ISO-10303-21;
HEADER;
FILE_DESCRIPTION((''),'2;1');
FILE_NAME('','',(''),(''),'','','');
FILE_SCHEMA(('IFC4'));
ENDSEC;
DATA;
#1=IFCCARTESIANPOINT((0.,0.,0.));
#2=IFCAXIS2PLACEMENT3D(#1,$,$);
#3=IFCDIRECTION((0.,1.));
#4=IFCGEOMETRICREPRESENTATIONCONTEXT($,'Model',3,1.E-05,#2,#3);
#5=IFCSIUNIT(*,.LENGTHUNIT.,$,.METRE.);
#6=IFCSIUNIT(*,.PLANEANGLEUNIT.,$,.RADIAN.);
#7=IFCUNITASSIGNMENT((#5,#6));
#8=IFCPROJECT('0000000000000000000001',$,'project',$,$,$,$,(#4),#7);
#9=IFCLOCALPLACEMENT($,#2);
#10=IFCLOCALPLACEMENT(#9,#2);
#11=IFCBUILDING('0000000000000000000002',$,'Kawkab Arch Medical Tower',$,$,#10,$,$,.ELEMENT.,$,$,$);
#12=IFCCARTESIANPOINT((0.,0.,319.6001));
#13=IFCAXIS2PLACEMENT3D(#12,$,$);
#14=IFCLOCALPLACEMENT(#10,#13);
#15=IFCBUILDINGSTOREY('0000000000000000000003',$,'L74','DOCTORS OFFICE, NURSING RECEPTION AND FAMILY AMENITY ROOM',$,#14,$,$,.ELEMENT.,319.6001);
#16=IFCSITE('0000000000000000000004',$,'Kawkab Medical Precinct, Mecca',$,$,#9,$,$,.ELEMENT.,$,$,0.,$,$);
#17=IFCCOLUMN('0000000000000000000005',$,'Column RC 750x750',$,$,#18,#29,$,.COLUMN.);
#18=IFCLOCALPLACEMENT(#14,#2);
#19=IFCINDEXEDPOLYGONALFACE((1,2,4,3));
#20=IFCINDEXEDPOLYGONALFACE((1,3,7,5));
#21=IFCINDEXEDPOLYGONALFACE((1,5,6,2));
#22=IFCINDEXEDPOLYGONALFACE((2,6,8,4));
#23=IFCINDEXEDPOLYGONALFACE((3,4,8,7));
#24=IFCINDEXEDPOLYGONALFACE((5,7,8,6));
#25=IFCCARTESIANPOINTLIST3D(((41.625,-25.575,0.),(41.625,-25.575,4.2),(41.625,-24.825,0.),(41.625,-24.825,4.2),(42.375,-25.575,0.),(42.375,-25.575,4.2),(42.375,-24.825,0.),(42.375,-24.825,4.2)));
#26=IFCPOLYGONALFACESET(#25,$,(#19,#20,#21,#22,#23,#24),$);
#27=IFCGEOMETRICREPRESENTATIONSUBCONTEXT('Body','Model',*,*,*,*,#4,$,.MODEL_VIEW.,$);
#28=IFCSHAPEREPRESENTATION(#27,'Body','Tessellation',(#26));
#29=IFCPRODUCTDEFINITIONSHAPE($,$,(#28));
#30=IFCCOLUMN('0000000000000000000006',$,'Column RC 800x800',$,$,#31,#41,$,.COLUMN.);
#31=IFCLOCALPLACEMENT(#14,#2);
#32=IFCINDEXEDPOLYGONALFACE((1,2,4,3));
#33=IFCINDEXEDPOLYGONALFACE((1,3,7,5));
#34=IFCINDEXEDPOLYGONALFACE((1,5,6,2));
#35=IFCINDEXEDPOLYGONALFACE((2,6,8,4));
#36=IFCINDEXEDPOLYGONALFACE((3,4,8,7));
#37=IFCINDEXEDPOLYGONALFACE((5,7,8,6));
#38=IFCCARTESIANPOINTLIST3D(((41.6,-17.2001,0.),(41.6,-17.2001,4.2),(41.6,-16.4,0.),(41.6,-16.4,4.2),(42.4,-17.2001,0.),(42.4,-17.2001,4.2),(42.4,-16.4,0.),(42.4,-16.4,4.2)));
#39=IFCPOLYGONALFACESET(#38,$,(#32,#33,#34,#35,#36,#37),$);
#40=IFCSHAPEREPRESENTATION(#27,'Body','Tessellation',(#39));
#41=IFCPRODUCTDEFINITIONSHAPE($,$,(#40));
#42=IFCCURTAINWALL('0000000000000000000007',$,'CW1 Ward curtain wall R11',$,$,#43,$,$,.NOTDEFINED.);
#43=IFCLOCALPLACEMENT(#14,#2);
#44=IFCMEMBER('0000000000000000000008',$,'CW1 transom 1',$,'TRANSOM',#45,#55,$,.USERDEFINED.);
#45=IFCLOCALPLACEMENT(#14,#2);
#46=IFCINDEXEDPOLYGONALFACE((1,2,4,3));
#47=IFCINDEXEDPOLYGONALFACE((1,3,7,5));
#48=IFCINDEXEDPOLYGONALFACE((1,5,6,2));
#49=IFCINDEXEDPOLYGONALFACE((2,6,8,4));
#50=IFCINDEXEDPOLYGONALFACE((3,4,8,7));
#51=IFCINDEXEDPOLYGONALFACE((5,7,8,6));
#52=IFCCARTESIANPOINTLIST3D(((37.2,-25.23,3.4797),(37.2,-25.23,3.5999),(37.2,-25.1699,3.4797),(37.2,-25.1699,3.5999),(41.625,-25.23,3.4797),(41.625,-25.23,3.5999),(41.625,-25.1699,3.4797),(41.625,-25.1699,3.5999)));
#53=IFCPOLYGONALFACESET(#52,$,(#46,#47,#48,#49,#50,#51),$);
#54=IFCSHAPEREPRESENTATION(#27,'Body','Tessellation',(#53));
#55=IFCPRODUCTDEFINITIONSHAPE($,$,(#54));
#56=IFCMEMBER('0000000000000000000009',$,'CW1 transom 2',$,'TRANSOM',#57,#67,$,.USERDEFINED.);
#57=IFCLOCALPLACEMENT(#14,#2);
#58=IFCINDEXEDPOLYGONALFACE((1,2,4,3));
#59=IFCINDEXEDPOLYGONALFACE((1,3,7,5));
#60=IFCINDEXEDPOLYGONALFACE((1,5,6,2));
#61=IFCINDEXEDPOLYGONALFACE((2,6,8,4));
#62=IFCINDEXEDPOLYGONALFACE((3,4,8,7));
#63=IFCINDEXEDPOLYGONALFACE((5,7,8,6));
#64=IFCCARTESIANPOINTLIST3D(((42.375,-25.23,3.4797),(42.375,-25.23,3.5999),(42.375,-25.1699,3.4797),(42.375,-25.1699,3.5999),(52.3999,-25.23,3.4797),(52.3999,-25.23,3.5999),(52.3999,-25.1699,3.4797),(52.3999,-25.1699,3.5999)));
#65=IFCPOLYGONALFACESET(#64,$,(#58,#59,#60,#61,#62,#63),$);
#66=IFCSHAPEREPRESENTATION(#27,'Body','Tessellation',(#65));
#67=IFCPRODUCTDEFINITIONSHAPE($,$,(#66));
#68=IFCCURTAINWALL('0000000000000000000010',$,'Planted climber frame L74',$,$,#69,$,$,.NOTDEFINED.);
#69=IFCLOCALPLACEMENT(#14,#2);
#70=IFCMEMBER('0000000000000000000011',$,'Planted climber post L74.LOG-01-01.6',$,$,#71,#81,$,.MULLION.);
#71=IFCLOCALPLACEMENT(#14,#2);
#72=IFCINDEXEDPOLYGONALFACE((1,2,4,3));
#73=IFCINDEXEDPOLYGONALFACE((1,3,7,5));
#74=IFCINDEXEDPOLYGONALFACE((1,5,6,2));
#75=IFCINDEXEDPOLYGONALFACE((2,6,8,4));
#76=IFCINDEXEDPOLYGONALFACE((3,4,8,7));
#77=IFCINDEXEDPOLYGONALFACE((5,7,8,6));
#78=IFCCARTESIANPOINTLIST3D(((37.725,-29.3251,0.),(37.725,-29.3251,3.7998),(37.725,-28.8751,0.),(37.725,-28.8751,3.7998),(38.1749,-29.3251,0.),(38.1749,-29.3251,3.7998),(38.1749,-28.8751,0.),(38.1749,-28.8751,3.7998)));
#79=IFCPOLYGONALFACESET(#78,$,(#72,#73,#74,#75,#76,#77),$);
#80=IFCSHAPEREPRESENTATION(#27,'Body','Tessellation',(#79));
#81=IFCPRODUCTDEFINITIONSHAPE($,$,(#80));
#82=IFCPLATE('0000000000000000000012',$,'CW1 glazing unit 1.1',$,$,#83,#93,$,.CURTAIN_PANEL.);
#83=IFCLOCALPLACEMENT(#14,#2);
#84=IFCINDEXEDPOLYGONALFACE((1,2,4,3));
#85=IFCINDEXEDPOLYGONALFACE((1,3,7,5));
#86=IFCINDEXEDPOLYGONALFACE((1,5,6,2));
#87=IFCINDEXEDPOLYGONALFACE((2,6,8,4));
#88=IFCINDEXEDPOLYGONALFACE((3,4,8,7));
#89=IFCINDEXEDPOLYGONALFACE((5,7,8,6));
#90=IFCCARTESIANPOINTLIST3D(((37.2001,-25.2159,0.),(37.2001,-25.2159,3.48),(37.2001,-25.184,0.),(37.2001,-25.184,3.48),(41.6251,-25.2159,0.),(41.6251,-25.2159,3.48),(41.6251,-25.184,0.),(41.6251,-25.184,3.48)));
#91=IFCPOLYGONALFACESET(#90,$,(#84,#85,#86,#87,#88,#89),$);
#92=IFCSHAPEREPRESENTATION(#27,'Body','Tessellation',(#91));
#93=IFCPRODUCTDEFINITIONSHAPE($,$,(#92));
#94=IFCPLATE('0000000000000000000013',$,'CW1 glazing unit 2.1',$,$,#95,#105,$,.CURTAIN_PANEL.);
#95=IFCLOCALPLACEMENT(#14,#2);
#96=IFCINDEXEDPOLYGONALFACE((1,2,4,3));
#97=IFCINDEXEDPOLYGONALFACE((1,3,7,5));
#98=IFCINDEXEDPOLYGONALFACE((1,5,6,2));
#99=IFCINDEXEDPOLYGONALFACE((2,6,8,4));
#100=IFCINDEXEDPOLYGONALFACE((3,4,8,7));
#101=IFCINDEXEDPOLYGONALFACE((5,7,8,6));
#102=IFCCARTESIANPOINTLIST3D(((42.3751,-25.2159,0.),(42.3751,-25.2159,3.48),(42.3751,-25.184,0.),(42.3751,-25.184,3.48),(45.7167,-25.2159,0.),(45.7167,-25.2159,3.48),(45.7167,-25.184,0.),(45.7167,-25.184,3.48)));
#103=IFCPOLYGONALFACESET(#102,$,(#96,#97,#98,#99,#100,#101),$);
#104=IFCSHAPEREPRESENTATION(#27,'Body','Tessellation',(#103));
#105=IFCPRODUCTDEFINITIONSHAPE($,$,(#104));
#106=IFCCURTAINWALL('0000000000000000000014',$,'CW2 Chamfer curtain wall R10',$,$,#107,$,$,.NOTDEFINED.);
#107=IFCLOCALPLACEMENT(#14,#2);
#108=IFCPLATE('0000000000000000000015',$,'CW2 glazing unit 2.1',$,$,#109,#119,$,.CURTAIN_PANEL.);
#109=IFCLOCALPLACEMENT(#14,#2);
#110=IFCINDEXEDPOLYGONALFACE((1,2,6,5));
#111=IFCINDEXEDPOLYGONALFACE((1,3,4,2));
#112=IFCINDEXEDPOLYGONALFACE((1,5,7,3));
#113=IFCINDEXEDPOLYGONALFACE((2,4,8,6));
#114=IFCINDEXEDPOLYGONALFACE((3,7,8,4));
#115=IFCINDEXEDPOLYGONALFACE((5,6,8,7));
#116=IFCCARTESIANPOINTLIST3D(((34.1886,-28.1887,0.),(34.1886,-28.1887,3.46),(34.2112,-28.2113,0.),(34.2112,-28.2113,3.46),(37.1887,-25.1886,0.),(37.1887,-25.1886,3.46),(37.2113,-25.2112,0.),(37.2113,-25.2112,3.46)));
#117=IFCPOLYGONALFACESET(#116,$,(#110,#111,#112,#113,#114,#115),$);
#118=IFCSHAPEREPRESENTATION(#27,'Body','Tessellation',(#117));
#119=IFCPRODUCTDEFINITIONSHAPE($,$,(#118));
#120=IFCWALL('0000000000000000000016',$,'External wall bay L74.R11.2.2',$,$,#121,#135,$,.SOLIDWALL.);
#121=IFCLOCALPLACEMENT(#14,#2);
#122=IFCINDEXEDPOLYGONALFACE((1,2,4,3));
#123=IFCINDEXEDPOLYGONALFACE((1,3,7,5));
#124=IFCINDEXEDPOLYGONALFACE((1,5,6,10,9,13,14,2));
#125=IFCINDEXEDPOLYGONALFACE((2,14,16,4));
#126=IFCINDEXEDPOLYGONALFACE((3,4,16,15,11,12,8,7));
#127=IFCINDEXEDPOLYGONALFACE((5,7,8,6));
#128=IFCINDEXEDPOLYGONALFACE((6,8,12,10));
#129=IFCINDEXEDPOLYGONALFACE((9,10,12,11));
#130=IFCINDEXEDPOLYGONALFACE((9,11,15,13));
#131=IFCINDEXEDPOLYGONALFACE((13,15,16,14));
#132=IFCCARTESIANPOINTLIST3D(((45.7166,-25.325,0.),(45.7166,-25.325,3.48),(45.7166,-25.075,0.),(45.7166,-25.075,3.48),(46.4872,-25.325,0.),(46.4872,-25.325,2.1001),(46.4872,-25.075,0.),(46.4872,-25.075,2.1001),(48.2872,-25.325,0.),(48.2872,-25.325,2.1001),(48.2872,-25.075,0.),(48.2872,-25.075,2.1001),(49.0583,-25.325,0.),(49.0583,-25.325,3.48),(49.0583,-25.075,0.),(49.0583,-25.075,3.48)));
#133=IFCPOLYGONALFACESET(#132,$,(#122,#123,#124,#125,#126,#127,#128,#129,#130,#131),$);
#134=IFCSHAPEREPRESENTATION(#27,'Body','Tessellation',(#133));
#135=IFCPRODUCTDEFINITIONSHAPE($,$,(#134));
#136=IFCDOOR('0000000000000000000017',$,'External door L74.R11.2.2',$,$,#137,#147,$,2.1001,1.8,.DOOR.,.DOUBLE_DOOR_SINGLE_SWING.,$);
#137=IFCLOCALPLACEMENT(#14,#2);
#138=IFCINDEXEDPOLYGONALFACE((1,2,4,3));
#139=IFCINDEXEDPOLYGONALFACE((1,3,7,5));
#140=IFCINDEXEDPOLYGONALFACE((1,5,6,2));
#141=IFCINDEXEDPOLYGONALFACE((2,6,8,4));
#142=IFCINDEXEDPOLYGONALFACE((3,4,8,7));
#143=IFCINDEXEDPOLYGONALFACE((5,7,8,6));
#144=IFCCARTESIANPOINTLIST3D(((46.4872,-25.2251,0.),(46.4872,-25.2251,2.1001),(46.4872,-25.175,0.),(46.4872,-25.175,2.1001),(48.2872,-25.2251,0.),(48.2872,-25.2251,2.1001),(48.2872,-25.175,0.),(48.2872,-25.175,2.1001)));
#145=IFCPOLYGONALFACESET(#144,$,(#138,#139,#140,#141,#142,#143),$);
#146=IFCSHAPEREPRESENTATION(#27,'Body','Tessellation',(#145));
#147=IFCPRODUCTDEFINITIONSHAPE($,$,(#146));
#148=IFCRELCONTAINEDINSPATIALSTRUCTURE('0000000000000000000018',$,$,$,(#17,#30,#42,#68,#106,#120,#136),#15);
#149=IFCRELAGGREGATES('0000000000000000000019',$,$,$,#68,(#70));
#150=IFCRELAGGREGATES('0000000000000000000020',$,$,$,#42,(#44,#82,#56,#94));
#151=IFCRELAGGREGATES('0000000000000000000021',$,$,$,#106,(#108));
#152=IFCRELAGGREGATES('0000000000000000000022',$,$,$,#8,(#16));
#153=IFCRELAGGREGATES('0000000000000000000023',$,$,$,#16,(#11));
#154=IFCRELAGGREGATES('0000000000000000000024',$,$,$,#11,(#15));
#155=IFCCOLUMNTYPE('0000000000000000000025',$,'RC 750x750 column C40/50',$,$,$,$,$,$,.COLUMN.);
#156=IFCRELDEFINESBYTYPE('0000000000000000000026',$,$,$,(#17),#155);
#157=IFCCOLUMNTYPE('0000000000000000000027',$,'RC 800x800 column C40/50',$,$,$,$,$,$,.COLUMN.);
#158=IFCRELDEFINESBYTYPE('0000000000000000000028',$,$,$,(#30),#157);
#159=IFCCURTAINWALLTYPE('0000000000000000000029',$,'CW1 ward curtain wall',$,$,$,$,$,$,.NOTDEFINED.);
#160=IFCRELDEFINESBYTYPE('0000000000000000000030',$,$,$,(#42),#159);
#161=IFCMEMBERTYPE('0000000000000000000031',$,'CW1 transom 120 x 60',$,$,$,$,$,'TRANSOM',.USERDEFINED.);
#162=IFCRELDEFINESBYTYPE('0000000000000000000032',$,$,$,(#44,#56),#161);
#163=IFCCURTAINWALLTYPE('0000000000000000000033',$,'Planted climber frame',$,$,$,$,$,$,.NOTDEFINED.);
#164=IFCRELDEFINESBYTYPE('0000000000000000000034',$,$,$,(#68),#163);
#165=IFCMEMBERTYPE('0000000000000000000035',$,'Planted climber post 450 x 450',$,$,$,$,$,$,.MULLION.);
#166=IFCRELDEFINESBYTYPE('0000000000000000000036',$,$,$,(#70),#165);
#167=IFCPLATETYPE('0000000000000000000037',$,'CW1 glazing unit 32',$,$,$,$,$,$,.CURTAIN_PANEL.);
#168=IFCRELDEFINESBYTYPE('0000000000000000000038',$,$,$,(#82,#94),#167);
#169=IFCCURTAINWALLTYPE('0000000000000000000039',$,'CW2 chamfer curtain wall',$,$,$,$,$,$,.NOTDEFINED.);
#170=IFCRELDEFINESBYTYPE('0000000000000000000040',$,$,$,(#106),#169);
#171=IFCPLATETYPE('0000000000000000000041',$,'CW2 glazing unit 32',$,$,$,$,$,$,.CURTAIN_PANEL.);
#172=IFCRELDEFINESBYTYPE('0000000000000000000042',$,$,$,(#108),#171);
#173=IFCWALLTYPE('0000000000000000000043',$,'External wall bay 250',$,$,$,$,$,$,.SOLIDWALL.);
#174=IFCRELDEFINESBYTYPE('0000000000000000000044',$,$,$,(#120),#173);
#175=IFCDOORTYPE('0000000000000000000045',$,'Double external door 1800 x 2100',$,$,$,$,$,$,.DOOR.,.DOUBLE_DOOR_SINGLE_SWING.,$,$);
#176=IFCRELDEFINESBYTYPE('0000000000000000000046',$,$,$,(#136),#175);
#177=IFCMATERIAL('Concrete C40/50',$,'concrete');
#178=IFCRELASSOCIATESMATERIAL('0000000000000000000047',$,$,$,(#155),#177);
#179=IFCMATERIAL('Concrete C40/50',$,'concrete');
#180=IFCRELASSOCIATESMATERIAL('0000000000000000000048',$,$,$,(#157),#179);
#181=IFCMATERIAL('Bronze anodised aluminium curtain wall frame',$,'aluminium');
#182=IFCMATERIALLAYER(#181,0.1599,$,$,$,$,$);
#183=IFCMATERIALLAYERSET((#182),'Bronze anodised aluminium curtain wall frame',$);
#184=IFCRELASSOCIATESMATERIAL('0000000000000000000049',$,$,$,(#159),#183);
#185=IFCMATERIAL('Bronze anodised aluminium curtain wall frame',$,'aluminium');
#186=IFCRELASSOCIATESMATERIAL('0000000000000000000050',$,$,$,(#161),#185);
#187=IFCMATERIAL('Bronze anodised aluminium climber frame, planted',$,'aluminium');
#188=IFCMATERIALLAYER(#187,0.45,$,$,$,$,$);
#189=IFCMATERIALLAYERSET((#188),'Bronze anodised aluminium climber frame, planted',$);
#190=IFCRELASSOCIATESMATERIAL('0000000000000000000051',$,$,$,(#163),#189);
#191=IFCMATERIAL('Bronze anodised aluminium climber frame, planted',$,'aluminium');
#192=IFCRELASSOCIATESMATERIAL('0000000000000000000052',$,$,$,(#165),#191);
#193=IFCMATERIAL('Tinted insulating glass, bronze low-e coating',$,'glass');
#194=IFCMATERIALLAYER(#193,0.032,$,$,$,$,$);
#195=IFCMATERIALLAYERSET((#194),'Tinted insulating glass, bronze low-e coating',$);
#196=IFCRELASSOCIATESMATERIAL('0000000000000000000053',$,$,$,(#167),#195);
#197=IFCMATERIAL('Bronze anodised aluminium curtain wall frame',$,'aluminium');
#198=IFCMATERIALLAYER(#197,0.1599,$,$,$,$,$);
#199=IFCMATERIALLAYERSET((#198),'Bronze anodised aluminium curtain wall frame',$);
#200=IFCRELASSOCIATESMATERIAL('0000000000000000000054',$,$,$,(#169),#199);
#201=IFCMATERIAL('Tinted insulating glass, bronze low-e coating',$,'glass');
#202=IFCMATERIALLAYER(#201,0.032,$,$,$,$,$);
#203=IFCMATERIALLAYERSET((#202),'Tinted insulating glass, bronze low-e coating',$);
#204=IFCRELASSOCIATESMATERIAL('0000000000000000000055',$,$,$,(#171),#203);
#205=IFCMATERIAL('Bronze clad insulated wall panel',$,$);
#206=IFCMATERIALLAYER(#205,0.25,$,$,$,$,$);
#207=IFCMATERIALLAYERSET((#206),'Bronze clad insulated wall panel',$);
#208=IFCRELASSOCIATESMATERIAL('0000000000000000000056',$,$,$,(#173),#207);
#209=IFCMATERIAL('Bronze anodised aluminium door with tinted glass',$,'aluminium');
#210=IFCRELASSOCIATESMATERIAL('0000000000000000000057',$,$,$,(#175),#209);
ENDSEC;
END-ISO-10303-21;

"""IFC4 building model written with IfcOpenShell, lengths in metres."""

from ifc_helpers import new_model, si_unit, direction, frame, frame_2d, origin, origin_2d, place, context, subcontext, project, spatial, rectangle, extrude, material, layer, layer_set, material_profile, profile_set, type_object, element, fill, aggregate, save


model = new_model("IFC4")

# Units and contexts
model_context = context("Model", 3, precision=1e-05, world=origin(), true_north=direction((0.0, 1.0)))
body_context = subcontext(model_context, "Body", "Model", "MODEL_VIEW")
ifc_project = project(units=[si_unit("LENGTHUNIT", "METRE"), si_unit("PLANEANGLEUNIT", "RADIAN")], contexts=[model_context])

# Site, building, storey
site_placement = place(None, origin())
site = spatial("IfcSite", under=ifc_project, at=site_placement, Name="Kawkab Medical Precinct, Mecca", CompositionType="ELEMENT", RefElevation=0.0)
building_placement = place(site_placement, origin())
building = spatial("IfcBuilding", under=site, at=building_placement, Name="Kawkab Arch Medical Tower", CompositionType="ELEMENT")
storey_placement = place(building_placement, frame((0.0, 0.0, 319.6001)))
storey = spatial("IfcBuildingStorey", under=building, at=storey_placement, Name="L74", Description="DOCTORS OFFICE, NURSING RECEPTION AND FAMILY AMENITY ROOM", CompositionType="ELEMENT", Elevation=319.6001)

# Columns
ifc_material_1 = material(Name="Concrete C40/50", Category="concrete")
ifc_material_profile_1 = material_profile(ifc_material_1, rectangle(XDim=0.75, YDim=0.75, at=origin_2d()), Name="RC 750x750")
ifc_profile_set_1 = profile_set([ifc_material_profile_1], Name="Concrete C40/50")
column_type_1 = type_object("IfcColumnType", Name="RC 750x750 column C40/50", PredefinedType="COLUMN", material=ifc_profile_set_1)
column_1_placement = place(storey_placement, frame((42.0, -25.2, 0.0), z_axis=(0.0, 0.0, 1.0), x_axis=(1.0, 0.0, 0.0)))
element("IfcColumn", 1, at=column_1_placement, inside=storey, type_object=column_type_1, Name="Column RC 750x750", PredefinedType="COLUMN", context=body_context, shape_type="SweptSolid", body=[
    extrude(rectangle(XDim=0.75, YDim=0.75, at=origin_2d()), origin(), (0.0, 0.0, 1.0), 4.2),
])
ifc_material_2 = material(Name="Concrete C40/50", Category="concrete")
ifc_material_profile_2 = material_profile(ifc_material_2, rectangle(XDim=0.8, YDim=0.8, at=origin_2d()), Name="RC 800x800")
ifc_profile_set_2 = profile_set([ifc_material_profile_2], Name="Concrete C40/50")
column_type_2 = type_object("IfcColumnType", Name="RC 800x800 column C40/50", PredefinedType="COLUMN", material=ifc_profile_set_2)
column_2_placement = place(storey_placement, frame((42.0, -16.8, 0.0), z_axis=(0.0, 0.0, 1.0), x_axis=(1.0, 0.0, 0.0)))
element("IfcColumn", 2, at=column_2_placement, inside=storey, type_object=column_type_2, Name="Column RC 800x800", PredefinedType="COLUMN", context=body_context, shape_type="SweptSolid", body=[
    extrude(rectangle(XDim=0.8, YDim=0.8, at=origin_2d()), origin(), (0.0, 0.0, 1.0), 4.2),
])

# Curtain wall, members
ifc_material_3 = material(Name="Bronze anodised aluminium curtain wall frame", Category="aluminium")
ifc_layer_1 = layer(ifc_material_3, 0.1599)
ifc_layer_set_1 = layer_set([ifc_layer_1], Name="Bronze anodised aluminium curtain wall frame")
curtain_wall_type_1 = type_object("IfcCurtainWallType", Name="CW1 ward curtain wall", PredefinedType="NOTDEFINED", material=ifc_layer_set_1)
placement = place(storey_placement, origin())
curtain_wall_1 = element("IfcCurtainWall", 3, at=placement, inside=storey, type_object=curtain_wall_type_1, Name="CW1 Ward curtain wall R11", PredefinedType="NOTDEFINED")
ifc_material_4 = material(Name="Bronze anodised aluminium curtain wall frame", Category="aluminium")
ifc_material_profile_3 = material_profile(ifc_material_4, rectangle(XDim=0.0601, YDim=0.1201, at=origin_2d()), Name="AL 60x120")
ifc_profile_set_3 = profile_set([ifc_material_profile_3], Name="Bronze anodised aluminium curtain wall frame")
member_type_1 = type_object("IfcMemberType", Name="CW1 transom 120 x 60", ElementType="TRANSOM", PredefinedType="USERDEFINED", material=ifc_profile_set_3)
member_1_placement = place(storey_placement, frame((37.2, -25.2, 3.5398), z_axis=(1.0, 0.0, 0.0), x_axis=(0.0, 1.0, 0.0)))
member_1 = element("IfcMember", 4, at=member_1_placement, type_object=member_type_1, Name="CW1 transom 1", ObjectType="TRANSOM", PredefinedType="USERDEFINED", context=body_context, shape_type="SweptSolid", body=[
    extrude(rectangle(XDim=0.0601, YDim=0.1201, at=origin_2d()), origin(), (0.0, 0.0, 1.0), 4.425),
])
member_2_placement = place(storey_placement, frame((42.375, -25.2, 3.5398), z_axis=(1.0, 0.0, 0.0), x_axis=(0.0, 1.0, 0.0)))
member_2 = element("IfcMember", 5, at=member_2_placement, type_object=member_type_1, Name="CW1 transom 2", ObjectType="TRANSOM", PredefinedType="USERDEFINED", context=body_context, shape_type="SweptSolid", body=[
    extrude(rectangle(XDim=0.0601, YDim=0.1201, at=origin_2d()), origin(), (0.0, 0.0, 1.0), 10.0249),
])

# Curtain wall, member
ifc_material_5 = material(Name="Bronze anodised aluminium climber frame, planted", Category="aluminium")
ifc_layer_2 = layer(ifc_material_5, 0.45)
ifc_layer_set_2 = layer_set([ifc_layer_2], Name="Bronze anodised aluminium climber frame, planted")
curtain_wall_type_2 = type_object("IfcCurtainWallType", Name="Planted climber frame", PredefinedType="NOTDEFINED", material=ifc_layer_set_2)
curtain_wall_2 = element("IfcCurtainWall", 6, at=placement, inside=storey, type_object=curtain_wall_type_2, Name="Planted climber frame L74", PredefinedType="NOTDEFINED")
ifc_material_6 = material(Name="Bronze anodised aluminium climber frame, planted", Category="aluminium")
ifc_material_profile_4 = material_profile(ifc_material_6, rectangle(XDim=0.45, YDim=0.45, at=origin_2d()), Name="Post 450x450")
ifc_profile_set_4 = profile_set([ifc_material_profile_4], Name="Bronze anodised aluminium climber frame, planted")
member_type_2 = type_object("IfcMemberType", Name="Planted climber post 450 x 450", PredefinedType="MULLION", material=ifc_profile_set_4)
member_3_placement = place(storey_placement, frame((37.95, -29.1001, 0.0), z_axis=(0.0, 0.0, 1.0), x_axis=(1.0, 0.0, 0.0)))
member_3 = element("IfcMember", 7, at=member_3_placement, type_object=member_type_2, Name="Planted climber post L74.LOG-01-01.6", PredefinedType="MULLION", context=body_context, shape_type="SweptSolid", body=[
    extrude(rectangle(XDim=0.45, YDim=0.45, at=origin_2d()), origin(), (0.0, 0.0, 1.0), 3.7998),
])
aggregate(curtain_wall_2, [member_3])

# Plates
ifc_material_7 = material(Name="Tinted insulating glass, bronze low-e coating", Category="glass")
ifc_layer_3 = layer(ifc_material_7, 0.032)
ifc_layer_set_3 = layer_set([ifc_layer_3], Name="Tinted insulating glass, bronze low-e coating")
plate_type_1 = type_object("IfcPlateType", Name="CW1 glazing unit 32", PredefinedType="CURTAIN_PANEL", material=ifc_layer_set_3)
plate_1_placement = place(storey_placement, frame((39.4126, -25.2, 0.0), z_axis=(0.0, 0.0, 1.0), x_axis=(1.0, 0.0, 0.0)))
plate_1 = element("IfcPlate", 8, at=plate_1_placement, type_object=plate_type_1, Name="CW1 glazing unit 1.1", PredefinedType="CURTAIN_PANEL", context=body_context, shape_type="SweptSolid", body=[
    extrude(rectangle(XDim=4.425, YDim=0.032, at=origin_2d()), origin(), (0.0, 0.0, 1.0), 3.48),
])
plate_2_placement = place(storey_placement, frame((44.0459, -25.2, 0.0), z_axis=(0.0, 0.0, 1.0), x_axis=(1.0, 0.0, 0.0)))
plate_2 = element("IfcPlate", 9, at=plate_2_placement, type_object=plate_type_1, Name="CW1 glazing unit 2.1", PredefinedType="CURTAIN_PANEL", context=body_context, shape_type="SweptSolid", body=[
    extrude(rectangle(XDim=3.3416, YDim=0.032, at=origin_2d()), origin(), (0.0, 0.0, 1.0), 3.48),
])
aggregate(curtain_wall_1, [member_1, plate_1, member_2, plate_2])

# Curtain wall, plate
ifc_material_8 = material(Name="Bronze anodised aluminium curtain wall frame", Category="aluminium")
ifc_layer_4 = layer(ifc_material_8, 0.1599)
ifc_layer_set_4 = layer_set([ifc_layer_4], Name="Bronze anodised aluminium curtain wall frame")
curtain_wall_type_3 = type_object("IfcCurtainWallType", Name="CW2 chamfer curtain wall", PredefinedType="NOTDEFINED", material=ifc_layer_set_4)
curtain_wall_3 = element("IfcCurtainWall", 10, at=placement, inside=storey, type_object=curtain_wall_type_3, Name="CW2 Chamfer curtain wall R10", PredefinedType="NOTDEFINED")
ifc_material_9 = material(Name="Tinted insulating glass, bronze low-e coating", Category="glass")
ifc_layer_5 = layer(ifc_material_9, 0.032)
ifc_layer_set_5 = layer_set([ifc_layer_5], Name="Tinted insulating glass, bronze low-e coating")
plate_type_2 = type_object("IfcPlateType", Name="CW2 glazing unit 32", PredefinedType="CURTAIN_PANEL", material=ifc_layer_set_5)
plate_3_placement = place(storey_placement, frame((35.7, -26.7, 0.0), z_axis=(0.0, 0.0, 1.0), x_axis=(0.707107, 0.707107, 0.0)))
plate_3 = element("IfcPlate", 11, at=plate_3_placement, type_object=plate_type_2, Name="CW2 glazing unit 2.1", PredefinedType="CURTAIN_PANEL", context=body_context, shape_type="SweptSolid", body=[
    extrude(rectangle(XDim=4.2427, YDim=0.032, at=origin_2d()), origin(), (0.0, 0.0, 1.0), 3.46),
])
aggregate(curtain_wall_3, [plate_3])

# Wall, opening, door
ifc_material_10 = material(Name="Bronze clad insulated wall panel")
ifc_layer_6 = layer(ifc_material_10, 0.25)
ifc_layer_set_6 = layer_set([ifc_layer_6], Name="Bronze clad insulated wall panel")
wall_type_1 = type_object("IfcWallType", Name="External wall bay 250", PredefinedType="SOLIDWALL", material=ifc_layer_set_6)
wall_1_placement = place(storey_placement, frame((45.7166, -25.2, 0.0), z_axis=(0.0, 0.0, 1.0), x_axis=(1.0, 0.0, 0.0)))
wall_1 = element("IfcWall", 12, at=wall_1_placement, inside=storey, type_object=wall_type_1, Name="External wall bay L74.R11.2.2", PredefinedType="SOLIDWALL", context=body_context, shape_type="SweptSolid", body=[
    extrude(rectangle(XDim=3.3418, YDim=0.25, at=frame_2d((1.6709, 0.0))), origin(), (0.0, 0.0, 1.0), 3.48),
])
opening_1_placement = place(wall_1_placement, frame((0.7708, 0.0, 0.0)))
opening_1 = element("IfcOpeningElement", 13, at=opening_1_placement, cuts=wall_1, PredefinedType="OPENING", context=body_context, shape_type="SweptSolid", body=[
    extrude(rectangle(XDim=1.8, YDim=2.1001, at=frame_2d((0.8999, 1.05))), frame((0.0, 0.135, 0.0), z_axis=(0.0, -1.0, 0.0), x_axis=(1.0, 0.0, 0.0)), (0.0, 0.0, 1.0), 0.27),
])
ifc_material_11 = material(Name="Bronze anodised aluminium door with tinted glass", Category="aluminium")
door_type_1 = type_object("IfcDoorType", Name="Double external door 1800 x 2100", OperationType="DOUBLE_DOOR_SINGLE_SWING", PredefinedType="DOOR", material=ifc_material_11)
door_1_placement = place(opening_1_placement, origin())
door_1 = element("IfcDoor", 14, at=door_1_placement, inside=storey, type_object=door_type_1, Name="External door L74.R11.2.2", OperationType="DOUBLE_DOOR_SINGLE_SWING", OverallHeight=2.1001, OverallWidth=1.8, PredefinedType="DOOR", context=body_context, shape_type="SweptSolid", body=[
    extrude(rectangle(XDim=1.8, YDim=2.1001, at=frame_2d((0.8999, 1.05))), frame((0.0, 0.0249, 0.0), z_axis=(0.0, -1.0, 0.0), x_axis=(1.0, 0.0, 0.0)), (0.0, 0.0, 1.0), 0.05),
])
fill(opening_1, door_1)

save(model, "model.ifc")
